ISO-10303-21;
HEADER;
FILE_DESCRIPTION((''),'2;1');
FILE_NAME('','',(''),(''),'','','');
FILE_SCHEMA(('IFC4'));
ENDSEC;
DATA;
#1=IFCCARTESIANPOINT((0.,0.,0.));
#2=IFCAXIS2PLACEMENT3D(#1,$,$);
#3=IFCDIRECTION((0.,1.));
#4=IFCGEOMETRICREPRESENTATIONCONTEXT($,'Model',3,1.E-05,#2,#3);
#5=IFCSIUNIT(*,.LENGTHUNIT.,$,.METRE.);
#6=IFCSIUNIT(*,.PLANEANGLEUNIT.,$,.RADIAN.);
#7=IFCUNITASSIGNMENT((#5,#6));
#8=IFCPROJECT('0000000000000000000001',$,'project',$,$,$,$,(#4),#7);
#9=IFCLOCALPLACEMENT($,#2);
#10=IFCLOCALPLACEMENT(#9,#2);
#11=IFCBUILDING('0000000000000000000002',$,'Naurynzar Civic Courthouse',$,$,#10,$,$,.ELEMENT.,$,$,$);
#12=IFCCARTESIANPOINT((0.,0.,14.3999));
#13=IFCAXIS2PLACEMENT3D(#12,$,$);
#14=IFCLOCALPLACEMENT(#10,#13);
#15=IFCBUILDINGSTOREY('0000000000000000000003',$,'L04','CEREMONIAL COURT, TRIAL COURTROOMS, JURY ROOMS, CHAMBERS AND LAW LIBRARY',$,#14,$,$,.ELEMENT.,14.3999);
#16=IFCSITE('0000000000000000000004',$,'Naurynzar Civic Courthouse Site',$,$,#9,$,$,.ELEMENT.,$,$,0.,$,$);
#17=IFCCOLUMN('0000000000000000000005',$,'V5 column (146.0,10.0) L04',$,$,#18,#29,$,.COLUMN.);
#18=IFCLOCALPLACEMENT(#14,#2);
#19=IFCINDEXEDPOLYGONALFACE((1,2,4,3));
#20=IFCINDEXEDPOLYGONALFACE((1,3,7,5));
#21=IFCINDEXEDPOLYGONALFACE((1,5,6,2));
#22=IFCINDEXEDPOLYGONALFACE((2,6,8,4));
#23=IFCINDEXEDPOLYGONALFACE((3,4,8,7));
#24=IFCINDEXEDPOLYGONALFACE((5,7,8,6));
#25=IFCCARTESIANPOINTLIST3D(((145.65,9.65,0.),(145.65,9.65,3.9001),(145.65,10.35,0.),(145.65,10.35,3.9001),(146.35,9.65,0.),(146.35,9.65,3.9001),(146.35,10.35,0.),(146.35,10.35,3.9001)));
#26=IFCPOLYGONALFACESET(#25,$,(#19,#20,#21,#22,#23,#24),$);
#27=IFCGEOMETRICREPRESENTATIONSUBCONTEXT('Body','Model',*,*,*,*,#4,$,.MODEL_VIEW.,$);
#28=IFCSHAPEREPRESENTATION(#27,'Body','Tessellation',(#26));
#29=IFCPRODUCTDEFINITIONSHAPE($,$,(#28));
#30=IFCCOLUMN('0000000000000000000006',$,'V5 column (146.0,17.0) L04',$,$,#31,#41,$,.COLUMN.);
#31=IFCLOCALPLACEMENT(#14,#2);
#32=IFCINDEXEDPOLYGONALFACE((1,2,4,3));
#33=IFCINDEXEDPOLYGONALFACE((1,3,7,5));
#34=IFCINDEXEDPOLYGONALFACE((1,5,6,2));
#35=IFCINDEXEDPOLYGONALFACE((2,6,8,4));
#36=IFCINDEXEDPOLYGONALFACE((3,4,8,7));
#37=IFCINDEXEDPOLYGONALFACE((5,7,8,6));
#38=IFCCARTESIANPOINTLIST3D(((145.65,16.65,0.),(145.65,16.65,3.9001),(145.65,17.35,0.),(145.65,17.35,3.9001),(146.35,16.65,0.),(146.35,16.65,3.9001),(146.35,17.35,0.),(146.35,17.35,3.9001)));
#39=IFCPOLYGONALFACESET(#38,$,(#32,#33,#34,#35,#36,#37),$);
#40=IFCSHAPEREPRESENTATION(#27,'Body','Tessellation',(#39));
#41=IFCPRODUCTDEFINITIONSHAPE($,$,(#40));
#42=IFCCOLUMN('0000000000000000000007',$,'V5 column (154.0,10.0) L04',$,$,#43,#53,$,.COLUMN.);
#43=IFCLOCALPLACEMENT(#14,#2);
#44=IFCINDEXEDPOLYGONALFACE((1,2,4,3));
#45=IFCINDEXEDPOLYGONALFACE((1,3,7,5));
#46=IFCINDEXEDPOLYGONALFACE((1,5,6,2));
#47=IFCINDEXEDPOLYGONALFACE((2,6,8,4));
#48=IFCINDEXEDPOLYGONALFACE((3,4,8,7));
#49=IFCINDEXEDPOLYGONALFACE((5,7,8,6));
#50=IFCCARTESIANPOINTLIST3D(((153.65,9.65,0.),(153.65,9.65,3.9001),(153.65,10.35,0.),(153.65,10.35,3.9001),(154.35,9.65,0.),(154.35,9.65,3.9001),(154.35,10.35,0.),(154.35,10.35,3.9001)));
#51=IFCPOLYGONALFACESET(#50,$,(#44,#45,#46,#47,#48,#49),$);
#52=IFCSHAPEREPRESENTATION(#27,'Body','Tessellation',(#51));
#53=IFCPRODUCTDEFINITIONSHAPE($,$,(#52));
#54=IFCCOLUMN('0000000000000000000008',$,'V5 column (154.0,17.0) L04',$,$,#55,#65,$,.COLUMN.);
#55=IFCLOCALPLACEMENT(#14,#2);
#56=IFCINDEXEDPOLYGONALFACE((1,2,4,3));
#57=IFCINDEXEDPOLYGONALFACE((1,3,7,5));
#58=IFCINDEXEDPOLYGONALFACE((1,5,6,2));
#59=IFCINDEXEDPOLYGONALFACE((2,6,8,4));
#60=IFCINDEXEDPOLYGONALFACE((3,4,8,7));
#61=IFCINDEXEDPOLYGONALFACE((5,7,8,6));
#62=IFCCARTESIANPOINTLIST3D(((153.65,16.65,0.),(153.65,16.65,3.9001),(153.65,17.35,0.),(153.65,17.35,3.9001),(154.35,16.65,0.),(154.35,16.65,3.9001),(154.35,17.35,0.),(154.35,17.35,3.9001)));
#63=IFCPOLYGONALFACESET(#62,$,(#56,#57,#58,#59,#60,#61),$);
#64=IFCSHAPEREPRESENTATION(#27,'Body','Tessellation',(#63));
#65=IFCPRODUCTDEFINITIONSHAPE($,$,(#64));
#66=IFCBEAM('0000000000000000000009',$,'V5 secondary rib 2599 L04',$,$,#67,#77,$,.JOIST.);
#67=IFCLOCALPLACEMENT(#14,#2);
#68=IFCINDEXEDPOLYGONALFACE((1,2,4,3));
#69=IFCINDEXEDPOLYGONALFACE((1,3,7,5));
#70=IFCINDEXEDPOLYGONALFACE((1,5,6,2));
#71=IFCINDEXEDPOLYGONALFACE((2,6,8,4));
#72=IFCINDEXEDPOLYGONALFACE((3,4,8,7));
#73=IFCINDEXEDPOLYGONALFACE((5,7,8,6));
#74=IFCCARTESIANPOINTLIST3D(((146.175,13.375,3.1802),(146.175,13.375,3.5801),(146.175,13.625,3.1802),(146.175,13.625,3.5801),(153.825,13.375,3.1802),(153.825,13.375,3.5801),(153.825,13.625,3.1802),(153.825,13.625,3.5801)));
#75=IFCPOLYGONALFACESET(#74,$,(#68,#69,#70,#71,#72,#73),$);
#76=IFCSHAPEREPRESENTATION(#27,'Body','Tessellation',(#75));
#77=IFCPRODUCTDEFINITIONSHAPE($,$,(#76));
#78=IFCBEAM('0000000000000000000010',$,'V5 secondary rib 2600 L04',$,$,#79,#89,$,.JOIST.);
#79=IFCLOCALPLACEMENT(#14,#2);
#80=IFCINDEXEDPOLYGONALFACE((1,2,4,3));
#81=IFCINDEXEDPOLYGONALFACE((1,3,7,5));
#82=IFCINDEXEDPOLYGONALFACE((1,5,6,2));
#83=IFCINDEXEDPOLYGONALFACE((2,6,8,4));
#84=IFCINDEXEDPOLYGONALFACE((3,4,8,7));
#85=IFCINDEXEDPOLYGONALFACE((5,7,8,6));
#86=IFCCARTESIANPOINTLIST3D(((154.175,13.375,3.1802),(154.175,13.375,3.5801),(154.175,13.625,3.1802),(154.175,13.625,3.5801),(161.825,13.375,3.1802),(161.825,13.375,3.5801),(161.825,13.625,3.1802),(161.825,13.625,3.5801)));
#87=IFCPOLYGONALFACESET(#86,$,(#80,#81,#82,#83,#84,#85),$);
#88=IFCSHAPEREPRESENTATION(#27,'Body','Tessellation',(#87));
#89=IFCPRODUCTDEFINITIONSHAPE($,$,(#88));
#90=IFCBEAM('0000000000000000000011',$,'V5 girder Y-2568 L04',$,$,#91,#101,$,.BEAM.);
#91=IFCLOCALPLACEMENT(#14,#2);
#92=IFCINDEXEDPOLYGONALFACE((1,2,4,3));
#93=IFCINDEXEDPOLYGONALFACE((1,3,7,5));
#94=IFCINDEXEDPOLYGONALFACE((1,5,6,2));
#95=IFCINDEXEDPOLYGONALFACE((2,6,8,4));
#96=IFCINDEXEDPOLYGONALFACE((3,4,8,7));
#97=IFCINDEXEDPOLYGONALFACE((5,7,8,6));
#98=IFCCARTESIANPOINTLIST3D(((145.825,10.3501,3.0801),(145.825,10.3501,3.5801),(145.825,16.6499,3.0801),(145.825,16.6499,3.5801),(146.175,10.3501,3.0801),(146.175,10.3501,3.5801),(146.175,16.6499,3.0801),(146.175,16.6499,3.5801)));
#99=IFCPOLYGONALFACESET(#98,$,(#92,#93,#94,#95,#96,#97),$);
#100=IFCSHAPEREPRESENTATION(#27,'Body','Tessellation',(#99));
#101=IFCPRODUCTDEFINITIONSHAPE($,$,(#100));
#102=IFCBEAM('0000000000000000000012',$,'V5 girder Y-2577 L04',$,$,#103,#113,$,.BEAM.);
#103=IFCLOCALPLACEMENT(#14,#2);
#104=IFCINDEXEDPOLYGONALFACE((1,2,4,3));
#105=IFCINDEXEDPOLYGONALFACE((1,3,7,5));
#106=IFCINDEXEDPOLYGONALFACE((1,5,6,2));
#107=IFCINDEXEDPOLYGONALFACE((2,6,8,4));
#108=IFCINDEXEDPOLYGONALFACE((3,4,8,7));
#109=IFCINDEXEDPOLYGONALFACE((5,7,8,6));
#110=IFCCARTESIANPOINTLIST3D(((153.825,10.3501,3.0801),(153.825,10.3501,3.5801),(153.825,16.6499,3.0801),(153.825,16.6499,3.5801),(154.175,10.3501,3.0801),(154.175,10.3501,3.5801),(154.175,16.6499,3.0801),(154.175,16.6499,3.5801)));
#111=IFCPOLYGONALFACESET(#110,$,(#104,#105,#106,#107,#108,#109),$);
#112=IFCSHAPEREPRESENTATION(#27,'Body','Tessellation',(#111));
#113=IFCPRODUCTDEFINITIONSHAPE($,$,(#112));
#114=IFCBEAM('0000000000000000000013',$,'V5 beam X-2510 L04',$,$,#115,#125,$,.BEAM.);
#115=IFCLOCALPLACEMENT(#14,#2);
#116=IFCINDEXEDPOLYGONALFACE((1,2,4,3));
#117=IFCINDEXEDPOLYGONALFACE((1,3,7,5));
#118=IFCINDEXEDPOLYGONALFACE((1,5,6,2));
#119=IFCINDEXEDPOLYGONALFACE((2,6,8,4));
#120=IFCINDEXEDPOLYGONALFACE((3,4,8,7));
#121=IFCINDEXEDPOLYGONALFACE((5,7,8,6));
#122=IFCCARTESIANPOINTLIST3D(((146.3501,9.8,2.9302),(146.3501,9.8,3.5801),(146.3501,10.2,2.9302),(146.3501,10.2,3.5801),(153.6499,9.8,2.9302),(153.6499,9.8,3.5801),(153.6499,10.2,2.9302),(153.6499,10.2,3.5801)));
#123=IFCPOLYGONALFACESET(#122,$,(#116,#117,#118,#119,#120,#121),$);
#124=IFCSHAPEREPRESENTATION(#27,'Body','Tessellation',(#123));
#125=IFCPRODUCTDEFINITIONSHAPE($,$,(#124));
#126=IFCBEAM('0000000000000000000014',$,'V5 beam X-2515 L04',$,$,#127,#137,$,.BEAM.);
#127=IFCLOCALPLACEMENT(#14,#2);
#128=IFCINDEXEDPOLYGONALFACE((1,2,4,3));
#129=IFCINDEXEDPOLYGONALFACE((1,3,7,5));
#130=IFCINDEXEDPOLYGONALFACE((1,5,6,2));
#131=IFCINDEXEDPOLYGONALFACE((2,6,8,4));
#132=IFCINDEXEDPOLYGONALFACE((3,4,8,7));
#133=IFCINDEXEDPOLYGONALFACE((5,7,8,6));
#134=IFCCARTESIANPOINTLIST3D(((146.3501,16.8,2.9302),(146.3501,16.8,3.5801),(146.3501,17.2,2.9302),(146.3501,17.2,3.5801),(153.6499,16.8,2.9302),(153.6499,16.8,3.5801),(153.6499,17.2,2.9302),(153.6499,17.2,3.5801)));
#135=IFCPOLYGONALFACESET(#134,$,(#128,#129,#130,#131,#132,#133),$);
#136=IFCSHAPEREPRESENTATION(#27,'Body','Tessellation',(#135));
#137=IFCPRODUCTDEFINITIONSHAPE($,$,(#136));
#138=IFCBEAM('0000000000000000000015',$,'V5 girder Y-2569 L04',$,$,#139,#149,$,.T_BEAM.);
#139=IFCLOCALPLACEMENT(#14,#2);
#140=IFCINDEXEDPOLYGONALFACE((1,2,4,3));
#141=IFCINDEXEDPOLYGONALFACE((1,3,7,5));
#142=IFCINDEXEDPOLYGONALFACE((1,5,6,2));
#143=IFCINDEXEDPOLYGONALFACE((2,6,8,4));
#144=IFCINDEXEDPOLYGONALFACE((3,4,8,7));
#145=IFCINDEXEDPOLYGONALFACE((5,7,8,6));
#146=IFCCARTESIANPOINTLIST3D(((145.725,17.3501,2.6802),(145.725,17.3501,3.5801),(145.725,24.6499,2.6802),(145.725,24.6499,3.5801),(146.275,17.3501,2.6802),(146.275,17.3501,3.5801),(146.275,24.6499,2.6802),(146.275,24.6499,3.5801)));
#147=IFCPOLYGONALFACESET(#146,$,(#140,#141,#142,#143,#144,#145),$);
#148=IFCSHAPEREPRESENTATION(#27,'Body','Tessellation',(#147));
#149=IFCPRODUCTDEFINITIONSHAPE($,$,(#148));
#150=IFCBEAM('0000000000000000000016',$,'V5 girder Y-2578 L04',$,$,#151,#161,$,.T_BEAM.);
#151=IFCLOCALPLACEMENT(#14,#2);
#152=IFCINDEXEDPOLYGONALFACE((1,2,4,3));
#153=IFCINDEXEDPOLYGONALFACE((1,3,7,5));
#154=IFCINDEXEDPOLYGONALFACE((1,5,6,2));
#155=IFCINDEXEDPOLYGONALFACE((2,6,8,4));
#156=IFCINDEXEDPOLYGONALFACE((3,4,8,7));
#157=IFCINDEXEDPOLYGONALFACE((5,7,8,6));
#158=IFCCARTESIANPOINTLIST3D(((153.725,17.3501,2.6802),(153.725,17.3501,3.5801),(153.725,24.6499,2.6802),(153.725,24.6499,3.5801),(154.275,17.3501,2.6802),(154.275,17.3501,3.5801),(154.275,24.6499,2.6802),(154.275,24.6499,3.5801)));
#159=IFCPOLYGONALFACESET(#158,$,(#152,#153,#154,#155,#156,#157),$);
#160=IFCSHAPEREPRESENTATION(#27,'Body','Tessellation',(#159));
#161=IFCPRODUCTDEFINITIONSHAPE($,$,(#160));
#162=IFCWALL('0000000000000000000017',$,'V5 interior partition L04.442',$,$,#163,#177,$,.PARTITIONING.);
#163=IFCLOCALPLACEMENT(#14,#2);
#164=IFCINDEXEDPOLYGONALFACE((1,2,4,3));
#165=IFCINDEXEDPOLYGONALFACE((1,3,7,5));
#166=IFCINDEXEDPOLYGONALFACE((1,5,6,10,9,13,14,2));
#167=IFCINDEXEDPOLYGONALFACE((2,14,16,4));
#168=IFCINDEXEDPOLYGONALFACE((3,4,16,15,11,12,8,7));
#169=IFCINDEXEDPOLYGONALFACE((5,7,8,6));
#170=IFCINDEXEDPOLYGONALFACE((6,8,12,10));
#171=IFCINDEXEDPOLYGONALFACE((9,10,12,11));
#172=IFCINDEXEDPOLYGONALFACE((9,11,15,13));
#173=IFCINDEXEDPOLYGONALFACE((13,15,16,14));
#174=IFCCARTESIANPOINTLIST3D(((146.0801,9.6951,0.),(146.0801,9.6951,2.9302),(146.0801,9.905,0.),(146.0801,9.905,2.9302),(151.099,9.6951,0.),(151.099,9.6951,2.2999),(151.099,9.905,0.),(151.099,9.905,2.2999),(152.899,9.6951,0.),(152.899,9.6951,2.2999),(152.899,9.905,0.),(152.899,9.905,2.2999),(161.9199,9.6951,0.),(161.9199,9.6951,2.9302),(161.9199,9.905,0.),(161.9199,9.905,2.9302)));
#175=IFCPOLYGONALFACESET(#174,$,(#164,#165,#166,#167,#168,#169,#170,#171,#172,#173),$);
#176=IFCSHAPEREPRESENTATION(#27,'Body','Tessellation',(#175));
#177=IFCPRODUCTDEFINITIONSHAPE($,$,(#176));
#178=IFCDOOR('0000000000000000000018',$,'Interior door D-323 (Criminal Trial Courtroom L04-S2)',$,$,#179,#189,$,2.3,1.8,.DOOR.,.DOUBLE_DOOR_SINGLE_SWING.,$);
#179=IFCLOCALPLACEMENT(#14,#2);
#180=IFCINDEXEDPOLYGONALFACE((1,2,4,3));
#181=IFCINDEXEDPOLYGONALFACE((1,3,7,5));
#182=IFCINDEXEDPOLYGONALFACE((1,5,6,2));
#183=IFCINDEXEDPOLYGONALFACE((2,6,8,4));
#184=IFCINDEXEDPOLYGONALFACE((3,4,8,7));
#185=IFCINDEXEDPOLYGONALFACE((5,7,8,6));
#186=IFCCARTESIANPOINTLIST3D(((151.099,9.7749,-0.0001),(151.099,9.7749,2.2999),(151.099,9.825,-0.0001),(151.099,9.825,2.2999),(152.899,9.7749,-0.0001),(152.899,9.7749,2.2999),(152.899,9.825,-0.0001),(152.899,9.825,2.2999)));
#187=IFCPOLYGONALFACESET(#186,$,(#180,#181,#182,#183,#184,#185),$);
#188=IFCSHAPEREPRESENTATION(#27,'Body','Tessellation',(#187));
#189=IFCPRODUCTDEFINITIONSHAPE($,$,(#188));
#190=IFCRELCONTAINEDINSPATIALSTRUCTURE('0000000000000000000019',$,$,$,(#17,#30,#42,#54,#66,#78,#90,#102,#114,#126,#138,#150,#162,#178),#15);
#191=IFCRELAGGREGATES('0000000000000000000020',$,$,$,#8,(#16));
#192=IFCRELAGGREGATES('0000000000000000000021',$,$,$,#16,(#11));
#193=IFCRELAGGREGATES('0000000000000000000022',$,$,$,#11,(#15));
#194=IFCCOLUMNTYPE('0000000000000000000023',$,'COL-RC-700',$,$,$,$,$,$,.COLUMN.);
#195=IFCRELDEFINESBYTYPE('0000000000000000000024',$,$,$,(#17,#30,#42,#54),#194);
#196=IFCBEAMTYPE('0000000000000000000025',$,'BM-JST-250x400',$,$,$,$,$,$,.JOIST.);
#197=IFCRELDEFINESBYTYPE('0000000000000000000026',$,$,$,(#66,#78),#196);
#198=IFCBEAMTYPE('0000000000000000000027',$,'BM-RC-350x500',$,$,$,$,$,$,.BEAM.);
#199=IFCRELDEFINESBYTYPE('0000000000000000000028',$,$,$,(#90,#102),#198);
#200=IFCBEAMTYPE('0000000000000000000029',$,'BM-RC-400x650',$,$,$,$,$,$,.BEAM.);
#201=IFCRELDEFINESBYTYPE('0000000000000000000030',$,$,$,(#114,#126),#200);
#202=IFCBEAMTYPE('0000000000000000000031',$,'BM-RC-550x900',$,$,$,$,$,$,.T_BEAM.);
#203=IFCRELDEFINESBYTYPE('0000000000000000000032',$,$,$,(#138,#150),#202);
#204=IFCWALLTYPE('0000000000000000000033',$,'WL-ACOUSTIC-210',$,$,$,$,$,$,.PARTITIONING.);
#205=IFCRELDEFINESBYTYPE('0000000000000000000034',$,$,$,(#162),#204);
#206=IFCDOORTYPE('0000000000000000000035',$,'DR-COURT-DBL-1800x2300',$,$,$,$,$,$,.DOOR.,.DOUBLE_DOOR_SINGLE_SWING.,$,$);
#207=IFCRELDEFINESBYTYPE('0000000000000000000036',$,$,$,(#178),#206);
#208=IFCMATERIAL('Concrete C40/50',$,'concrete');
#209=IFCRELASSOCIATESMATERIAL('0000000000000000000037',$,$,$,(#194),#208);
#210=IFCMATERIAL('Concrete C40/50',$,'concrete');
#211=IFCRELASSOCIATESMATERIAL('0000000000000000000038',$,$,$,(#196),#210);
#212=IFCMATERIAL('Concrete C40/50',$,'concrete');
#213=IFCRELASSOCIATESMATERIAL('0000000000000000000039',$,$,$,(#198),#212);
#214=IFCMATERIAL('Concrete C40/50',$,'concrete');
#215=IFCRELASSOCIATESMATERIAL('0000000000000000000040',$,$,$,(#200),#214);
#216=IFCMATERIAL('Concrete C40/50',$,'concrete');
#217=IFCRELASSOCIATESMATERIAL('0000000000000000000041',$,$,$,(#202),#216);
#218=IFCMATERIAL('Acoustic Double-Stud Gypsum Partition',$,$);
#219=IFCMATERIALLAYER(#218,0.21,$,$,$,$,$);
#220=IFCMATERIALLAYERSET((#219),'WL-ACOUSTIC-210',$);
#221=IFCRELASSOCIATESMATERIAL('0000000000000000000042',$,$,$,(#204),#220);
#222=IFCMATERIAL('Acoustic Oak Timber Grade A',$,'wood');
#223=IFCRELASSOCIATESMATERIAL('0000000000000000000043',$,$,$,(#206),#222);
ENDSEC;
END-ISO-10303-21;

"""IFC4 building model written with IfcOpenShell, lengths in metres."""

from ifc_helpers import new_model, si_unit, direction, frame, frame_2d, origin, origin_2d, place, context, subcontext, project, spatial, rectangle, extrude, material, layer, layer_set, material_profile, profile_set, type_object, element, fill, save


model = new_model("IFC4")

# Units and contexts
model_context = context("Model", 3, precision=1e-05, world=origin(), true_north=direction((0.0, 1.0)))
body_context = subcontext(model_context, "Body", "Model", "MODEL_VIEW")
ifc_project = project(units=[si_unit("LENGTHUNIT", "METRE"), si_unit("PLANEANGLEUNIT", "RADIAN")], contexts=[model_context])

# Site, building, storey
site_placement = place(None, origin())
site = spatial("IfcSite", under=ifc_project, at=site_placement, Name="Naurynzar Civic Courthouse Site", CompositionType="ELEMENT", RefElevation=0.0)
building_placement = place(site_placement, origin())
building = spatial("IfcBuilding", under=site, at=building_placement, Name="Naurynzar Civic Courthouse", CompositionType="ELEMENT")
storey_placement = place(building_placement, frame((0.0, 0.0, 14.3999)))
storey = spatial("IfcBuildingStorey", under=building, at=storey_placement, Name="L04", Description="CEREMONIAL COURT, TRIAL COURTROOMS, JURY ROOMS, CHAMBERS AND LAW LIBRARY", CompositionType="ELEMENT", Elevation=14.3999)

# Columns
ifc_material_1 = material(Name="Concrete C40/50", Category="concrete")
ifc_material_profile_1 = material_profile(ifc_material_1, rectangle(XDim=0.7, YDim=0.7, at=origin_2d()), Name="RC 700x700")
ifc_profile_set_1 = profile_set([ifc_material_profile_1], Name="Concrete C40/50")
column_type = type_object("IfcColumnType", Name="COL-RC-700", PredefinedType="COLUMN", material=ifc_profile_set_1)
for number, where, z_axis, x_axis, name in (
    (1, (146.0, 10.0, 0.0), (0.0, 0.0, 1.0), (1.0, 0.0, 0.0), "V5 column (146.0,10.0) L04"),
    (2, (146.0, 17.0, 0.0), (0.0, 0.0, 1.0), (1.0, 0.0, 0.0), "V5 column (146.0,17.0) L04"),
    (3, (154.0, 10.0, 0.0), (0.0, 0.0, 1.0), (1.0, 0.0, 0.0), "V5 column (154.0,10.0) L04"),
    (4, (154.0, 17.0, 0.0), (0.0, 0.0, 1.0), (1.0, 0.0, 0.0), "V5 column (154.0,17.0) L04"),
):
    element("IfcColumn", number, at=place(storey_placement, frame(where, z_axis=z_axis, x_axis=x_axis)), inside=storey, type_object=column_type, Name=name, PredefinedType="COLUMN", context=body_context, shape_type="SweptSolid", body=[
        extrude(rectangle(XDim=0.7, YDim=0.7, at=origin_2d()), origin(), (0.0, 0.0, 1.0), 3.9001),
    ])

# Beams
ifc_material_2 = material(Name="Concrete C40/50", Category="concrete")
ifc_material_profile_2 = material_profile(ifc_material_2, rectangle(XDim=0.25, YDim=0.3999, at=origin_2d()), Name="RCB 250x400")
ifc_profile_set_2 = profile_set([ifc_material_profile_2], Name="Concrete C40/50")
beam_type_1 = type_object("IfcBeamType", Name="BM-JST-250x400", PredefinedType="JOIST", material=ifc_profile_set_2)
for number, where, z_axis, x_axis, name in (
    (5, (146.175, 13.5, 3.3801), (1.0, 0.0, 0.0), (0.0, 1.0, 0.0), "V5 secondary rib 2599 L04"),
    (6, (154.175, 13.5, 3.3801), (1.0, 0.0, 0.0), (0.0, 1.0, 0.0), "V5 secondary rib 2600 L04"),
):
    element("IfcBeam", number, at=place(storey_placement, frame(where, z_axis=z_axis, x_axis=x_axis)), inside=storey, type_object=beam_type_1, Name=name, PredefinedType="JOIST", context=body_context, shape_type="SweptSolid", body=[
        extrude(rectangle(XDim=0.25, YDim=0.3999, at=origin_2d()), origin(), (0.0, 0.0, 1.0), 7.6499),
    ])
ifc_material_3 = material(Name="Concrete C40/50", Category="concrete")
ifc_material_profile_3 = material_profile(ifc_material_3, rectangle(XDim=0.3501, YDim=0.5, at=origin_2d()), Name="RCB 350x500")
ifc_profile_set_3 = profile_set([ifc_material_profile_3], Name="Concrete C40/50")
beam_type_2 = type_object("IfcBeamType", Name="BM-RC-350x500", PredefinedType="BEAM", material=ifc_profile_set_3)
for number, where, z_axis, x_axis, name in (
    (7, (146.0, 10.3501, 3.3301), (0.0, 1.0, 0.0), (-1.0, 0.0, 0.0), "V5 girder Y-2568 L04"),
    (8, (154.0, 10.3501, 3.3301), (0.0, 1.0, 0.0), (-1.0, 0.0, 0.0), "V5 girder Y-2577 L04"),
):
    element("IfcBeam", number, at=place(storey_placement, frame(where, z_axis=z_axis, x_axis=x_axis)), inside=storey, type_object=beam_type_2, Name=name, PredefinedType="BEAM", context=body_context, shape_type="SweptSolid", body=[
        extrude(rectangle(XDim=0.3501, YDim=0.5, at=origin_2d()), origin(), (0.0, 0.0, 1.0), 6.2998),
    ])
ifc_material_4 = material(Name="Concrete C40/50", Category="concrete")
ifc_material_profile_4 = material_profile(ifc_material_4, rectangle(XDim=0.3999, YDim=0.6499, at=origin_2d()), Name="RCB 400x650")
ifc_profile_set_4 = profile_set([ifc_material_profile_4], Name="Concrete C40/50")
beam_type_3 = type_object("IfcBeamType", Name="BM-RC-400x650", PredefinedType="BEAM", material=ifc_profile_set_4)
for number, where, z_axis, x_axis, name in (
    (9, (146.3501, 10.0, 3.2551), (1.0, 0.0, 0.0), (0.0, 1.0, 0.0), "V5 beam X-2510 L04"),
    (10, (146.3501, 17.0, 3.2551), (1.0, 0.0, 0.0), (0.0, 1.0, 0.0), "V5 beam X-2515 L04"),
):
    element("IfcBeam", number, at=place(storey_placement, frame(where, z_axis=z_axis, x_axis=x_axis)), inside=storey, type_object=beam_type_3, Name=name, PredefinedType="BEAM", context=body_context, shape_type="SweptSolid", body=[
        extrude(rectangle(XDim=0.3999, YDim=0.6499, at=origin_2d()), origin(), (0.0, 0.0, 1.0), 7.2998),
    ])
ifc_material_5 = material(Name="Concrete C40/50", Category="concrete")
ifc_material_profile_5 = material_profile(ifc_material_5, rectangle(XDim=0.55, YDim=0.8999, at=origin_2d()), Name="RCB 550x900")
ifc_profile_set_5 = profile_set([ifc_material_profile_5], Name="Concrete C40/50")
beam_type_4 = type_object("IfcBeamType", Name="BM-RC-550x900", PredefinedType="T_BEAM", material=ifc_profile_set_5)
for number, where, z_axis, x_axis, name in (
    (11, (146.0, 17.3501, 3.1301), (0.0, 1.0, 0.0), (-1.0, 0.0, 0.0), "V5 girder Y-2569 L04"),
    (12, (154.0, 17.3501, 3.1301), (0.0, 1.0, 0.0), (-1.0, 0.0, 0.0), "V5 girder Y-2578 L04"),
):
    element("IfcBeam", number, at=place(storey_placement, frame(where, z_axis=z_axis, x_axis=x_axis)), inside=storey, type_object=beam_type_4, Name=name, PredefinedType="T_BEAM", context=body_context, shape_type="SweptSolid", body=[
        extrude(rectangle(XDim=0.55, YDim=0.8999, at=origin_2d()), origin(), (0.0, 0.0, 1.0), 7.2998),
    ])

# Wall, opening, door
ifc_material_6 = material(Name="Acoustic Double-Stud Gypsum Partition")
ifc_layer_1 = layer(ifc_material_6, 0.21)
ifc_layer_set_1 = layer_set([ifc_layer_1], Name="WL-ACOUSTIC-210")
wall_type_1 = type_object("IfcWallType", Name="WL-ACOUSTIC-210", PredefinedType="PARTITIONING", material=ifc_layer_set_1)
wall_1_placement = place(storey_placement, frame((146.0801, 9.8, 0.0), z_axis=(0.0, 0.0, 1.0), x_axis=(1.0, 0.0, 0.0)))
wall_1 = element("IfcWall", 13, at=wall_1_placement, inside=storey, type_object=wall_type_1, Name="V5 interior partition L04.442", PredefinedType="PARTITIONING", context=body_context, shape_type="SweptSolid", body=[
    extrude(rectangle(XDim=15.8398, YDim=0.21, at=frame_2d((7.9199, 0.0))), origin(), (0.0, 0.0, 1.0), 2.9302),
])
opening_1_placement = place(wall_1_placement, frame((5.019, 0.0, 0.0)))
opening_1 = element("IfcOpeningElement", 14, at=opening_1_placement, cuts=wall_1, PredefinedType="OPENING", context=body_context, shape_type="SweptSolid", body=[
    extrude(rectangle(XDim=1.8, YDim=2.3, at=frame_2d((0.8999, 1.1499))), frame((0.0, 0.115, 0.0), z_axis=(0.0, -1.0, 0.0), x_axis=(1.0, 0.0, 0.0)), (0.0, 0.0, 1.0), 0.23),
])
ifc_material_7 = material(Name="Acoustic Oak Timber Grade A", Category="wood")
door_type_1 = type_object("IfcDoorType", Name="DR-COURT-DBL-1800x2300", OperationType="DOUBLE_DOOR_SINGLE_SWING", PredefinedType="DOOR", material=ifc_material_7)
door_1_placement = place(opening_1_placement, origin())
door_1 = element("IfcDoor", 15, at=door_1_placement, inside=storey, type_object=door_type_1, Name="Interior door D-323 (Criminal Trial Courtroom L04-S2)", OperationType="DOUBLE_DOOR_SINGLE_SWING", OverallHeight=2.3, OverallWidth=1.8, PredefinedType="DOOR", context=body_context, shape_type="SweptSolid", body=[
    extrude(rectangle(XDim=1.8, YDim=2.3, at=frame_2d((0.8999, 1.1499))), frame((0.0, 0.0249, 0.0), z_axis=(0.0, -1.0, 0.0), x_axis=(1.0, 0.0, 0.0)), (0.0, 0.0, 1.0), 0.05),
])
fill(opening_1, door_1)

save(model, "model.ifc")
